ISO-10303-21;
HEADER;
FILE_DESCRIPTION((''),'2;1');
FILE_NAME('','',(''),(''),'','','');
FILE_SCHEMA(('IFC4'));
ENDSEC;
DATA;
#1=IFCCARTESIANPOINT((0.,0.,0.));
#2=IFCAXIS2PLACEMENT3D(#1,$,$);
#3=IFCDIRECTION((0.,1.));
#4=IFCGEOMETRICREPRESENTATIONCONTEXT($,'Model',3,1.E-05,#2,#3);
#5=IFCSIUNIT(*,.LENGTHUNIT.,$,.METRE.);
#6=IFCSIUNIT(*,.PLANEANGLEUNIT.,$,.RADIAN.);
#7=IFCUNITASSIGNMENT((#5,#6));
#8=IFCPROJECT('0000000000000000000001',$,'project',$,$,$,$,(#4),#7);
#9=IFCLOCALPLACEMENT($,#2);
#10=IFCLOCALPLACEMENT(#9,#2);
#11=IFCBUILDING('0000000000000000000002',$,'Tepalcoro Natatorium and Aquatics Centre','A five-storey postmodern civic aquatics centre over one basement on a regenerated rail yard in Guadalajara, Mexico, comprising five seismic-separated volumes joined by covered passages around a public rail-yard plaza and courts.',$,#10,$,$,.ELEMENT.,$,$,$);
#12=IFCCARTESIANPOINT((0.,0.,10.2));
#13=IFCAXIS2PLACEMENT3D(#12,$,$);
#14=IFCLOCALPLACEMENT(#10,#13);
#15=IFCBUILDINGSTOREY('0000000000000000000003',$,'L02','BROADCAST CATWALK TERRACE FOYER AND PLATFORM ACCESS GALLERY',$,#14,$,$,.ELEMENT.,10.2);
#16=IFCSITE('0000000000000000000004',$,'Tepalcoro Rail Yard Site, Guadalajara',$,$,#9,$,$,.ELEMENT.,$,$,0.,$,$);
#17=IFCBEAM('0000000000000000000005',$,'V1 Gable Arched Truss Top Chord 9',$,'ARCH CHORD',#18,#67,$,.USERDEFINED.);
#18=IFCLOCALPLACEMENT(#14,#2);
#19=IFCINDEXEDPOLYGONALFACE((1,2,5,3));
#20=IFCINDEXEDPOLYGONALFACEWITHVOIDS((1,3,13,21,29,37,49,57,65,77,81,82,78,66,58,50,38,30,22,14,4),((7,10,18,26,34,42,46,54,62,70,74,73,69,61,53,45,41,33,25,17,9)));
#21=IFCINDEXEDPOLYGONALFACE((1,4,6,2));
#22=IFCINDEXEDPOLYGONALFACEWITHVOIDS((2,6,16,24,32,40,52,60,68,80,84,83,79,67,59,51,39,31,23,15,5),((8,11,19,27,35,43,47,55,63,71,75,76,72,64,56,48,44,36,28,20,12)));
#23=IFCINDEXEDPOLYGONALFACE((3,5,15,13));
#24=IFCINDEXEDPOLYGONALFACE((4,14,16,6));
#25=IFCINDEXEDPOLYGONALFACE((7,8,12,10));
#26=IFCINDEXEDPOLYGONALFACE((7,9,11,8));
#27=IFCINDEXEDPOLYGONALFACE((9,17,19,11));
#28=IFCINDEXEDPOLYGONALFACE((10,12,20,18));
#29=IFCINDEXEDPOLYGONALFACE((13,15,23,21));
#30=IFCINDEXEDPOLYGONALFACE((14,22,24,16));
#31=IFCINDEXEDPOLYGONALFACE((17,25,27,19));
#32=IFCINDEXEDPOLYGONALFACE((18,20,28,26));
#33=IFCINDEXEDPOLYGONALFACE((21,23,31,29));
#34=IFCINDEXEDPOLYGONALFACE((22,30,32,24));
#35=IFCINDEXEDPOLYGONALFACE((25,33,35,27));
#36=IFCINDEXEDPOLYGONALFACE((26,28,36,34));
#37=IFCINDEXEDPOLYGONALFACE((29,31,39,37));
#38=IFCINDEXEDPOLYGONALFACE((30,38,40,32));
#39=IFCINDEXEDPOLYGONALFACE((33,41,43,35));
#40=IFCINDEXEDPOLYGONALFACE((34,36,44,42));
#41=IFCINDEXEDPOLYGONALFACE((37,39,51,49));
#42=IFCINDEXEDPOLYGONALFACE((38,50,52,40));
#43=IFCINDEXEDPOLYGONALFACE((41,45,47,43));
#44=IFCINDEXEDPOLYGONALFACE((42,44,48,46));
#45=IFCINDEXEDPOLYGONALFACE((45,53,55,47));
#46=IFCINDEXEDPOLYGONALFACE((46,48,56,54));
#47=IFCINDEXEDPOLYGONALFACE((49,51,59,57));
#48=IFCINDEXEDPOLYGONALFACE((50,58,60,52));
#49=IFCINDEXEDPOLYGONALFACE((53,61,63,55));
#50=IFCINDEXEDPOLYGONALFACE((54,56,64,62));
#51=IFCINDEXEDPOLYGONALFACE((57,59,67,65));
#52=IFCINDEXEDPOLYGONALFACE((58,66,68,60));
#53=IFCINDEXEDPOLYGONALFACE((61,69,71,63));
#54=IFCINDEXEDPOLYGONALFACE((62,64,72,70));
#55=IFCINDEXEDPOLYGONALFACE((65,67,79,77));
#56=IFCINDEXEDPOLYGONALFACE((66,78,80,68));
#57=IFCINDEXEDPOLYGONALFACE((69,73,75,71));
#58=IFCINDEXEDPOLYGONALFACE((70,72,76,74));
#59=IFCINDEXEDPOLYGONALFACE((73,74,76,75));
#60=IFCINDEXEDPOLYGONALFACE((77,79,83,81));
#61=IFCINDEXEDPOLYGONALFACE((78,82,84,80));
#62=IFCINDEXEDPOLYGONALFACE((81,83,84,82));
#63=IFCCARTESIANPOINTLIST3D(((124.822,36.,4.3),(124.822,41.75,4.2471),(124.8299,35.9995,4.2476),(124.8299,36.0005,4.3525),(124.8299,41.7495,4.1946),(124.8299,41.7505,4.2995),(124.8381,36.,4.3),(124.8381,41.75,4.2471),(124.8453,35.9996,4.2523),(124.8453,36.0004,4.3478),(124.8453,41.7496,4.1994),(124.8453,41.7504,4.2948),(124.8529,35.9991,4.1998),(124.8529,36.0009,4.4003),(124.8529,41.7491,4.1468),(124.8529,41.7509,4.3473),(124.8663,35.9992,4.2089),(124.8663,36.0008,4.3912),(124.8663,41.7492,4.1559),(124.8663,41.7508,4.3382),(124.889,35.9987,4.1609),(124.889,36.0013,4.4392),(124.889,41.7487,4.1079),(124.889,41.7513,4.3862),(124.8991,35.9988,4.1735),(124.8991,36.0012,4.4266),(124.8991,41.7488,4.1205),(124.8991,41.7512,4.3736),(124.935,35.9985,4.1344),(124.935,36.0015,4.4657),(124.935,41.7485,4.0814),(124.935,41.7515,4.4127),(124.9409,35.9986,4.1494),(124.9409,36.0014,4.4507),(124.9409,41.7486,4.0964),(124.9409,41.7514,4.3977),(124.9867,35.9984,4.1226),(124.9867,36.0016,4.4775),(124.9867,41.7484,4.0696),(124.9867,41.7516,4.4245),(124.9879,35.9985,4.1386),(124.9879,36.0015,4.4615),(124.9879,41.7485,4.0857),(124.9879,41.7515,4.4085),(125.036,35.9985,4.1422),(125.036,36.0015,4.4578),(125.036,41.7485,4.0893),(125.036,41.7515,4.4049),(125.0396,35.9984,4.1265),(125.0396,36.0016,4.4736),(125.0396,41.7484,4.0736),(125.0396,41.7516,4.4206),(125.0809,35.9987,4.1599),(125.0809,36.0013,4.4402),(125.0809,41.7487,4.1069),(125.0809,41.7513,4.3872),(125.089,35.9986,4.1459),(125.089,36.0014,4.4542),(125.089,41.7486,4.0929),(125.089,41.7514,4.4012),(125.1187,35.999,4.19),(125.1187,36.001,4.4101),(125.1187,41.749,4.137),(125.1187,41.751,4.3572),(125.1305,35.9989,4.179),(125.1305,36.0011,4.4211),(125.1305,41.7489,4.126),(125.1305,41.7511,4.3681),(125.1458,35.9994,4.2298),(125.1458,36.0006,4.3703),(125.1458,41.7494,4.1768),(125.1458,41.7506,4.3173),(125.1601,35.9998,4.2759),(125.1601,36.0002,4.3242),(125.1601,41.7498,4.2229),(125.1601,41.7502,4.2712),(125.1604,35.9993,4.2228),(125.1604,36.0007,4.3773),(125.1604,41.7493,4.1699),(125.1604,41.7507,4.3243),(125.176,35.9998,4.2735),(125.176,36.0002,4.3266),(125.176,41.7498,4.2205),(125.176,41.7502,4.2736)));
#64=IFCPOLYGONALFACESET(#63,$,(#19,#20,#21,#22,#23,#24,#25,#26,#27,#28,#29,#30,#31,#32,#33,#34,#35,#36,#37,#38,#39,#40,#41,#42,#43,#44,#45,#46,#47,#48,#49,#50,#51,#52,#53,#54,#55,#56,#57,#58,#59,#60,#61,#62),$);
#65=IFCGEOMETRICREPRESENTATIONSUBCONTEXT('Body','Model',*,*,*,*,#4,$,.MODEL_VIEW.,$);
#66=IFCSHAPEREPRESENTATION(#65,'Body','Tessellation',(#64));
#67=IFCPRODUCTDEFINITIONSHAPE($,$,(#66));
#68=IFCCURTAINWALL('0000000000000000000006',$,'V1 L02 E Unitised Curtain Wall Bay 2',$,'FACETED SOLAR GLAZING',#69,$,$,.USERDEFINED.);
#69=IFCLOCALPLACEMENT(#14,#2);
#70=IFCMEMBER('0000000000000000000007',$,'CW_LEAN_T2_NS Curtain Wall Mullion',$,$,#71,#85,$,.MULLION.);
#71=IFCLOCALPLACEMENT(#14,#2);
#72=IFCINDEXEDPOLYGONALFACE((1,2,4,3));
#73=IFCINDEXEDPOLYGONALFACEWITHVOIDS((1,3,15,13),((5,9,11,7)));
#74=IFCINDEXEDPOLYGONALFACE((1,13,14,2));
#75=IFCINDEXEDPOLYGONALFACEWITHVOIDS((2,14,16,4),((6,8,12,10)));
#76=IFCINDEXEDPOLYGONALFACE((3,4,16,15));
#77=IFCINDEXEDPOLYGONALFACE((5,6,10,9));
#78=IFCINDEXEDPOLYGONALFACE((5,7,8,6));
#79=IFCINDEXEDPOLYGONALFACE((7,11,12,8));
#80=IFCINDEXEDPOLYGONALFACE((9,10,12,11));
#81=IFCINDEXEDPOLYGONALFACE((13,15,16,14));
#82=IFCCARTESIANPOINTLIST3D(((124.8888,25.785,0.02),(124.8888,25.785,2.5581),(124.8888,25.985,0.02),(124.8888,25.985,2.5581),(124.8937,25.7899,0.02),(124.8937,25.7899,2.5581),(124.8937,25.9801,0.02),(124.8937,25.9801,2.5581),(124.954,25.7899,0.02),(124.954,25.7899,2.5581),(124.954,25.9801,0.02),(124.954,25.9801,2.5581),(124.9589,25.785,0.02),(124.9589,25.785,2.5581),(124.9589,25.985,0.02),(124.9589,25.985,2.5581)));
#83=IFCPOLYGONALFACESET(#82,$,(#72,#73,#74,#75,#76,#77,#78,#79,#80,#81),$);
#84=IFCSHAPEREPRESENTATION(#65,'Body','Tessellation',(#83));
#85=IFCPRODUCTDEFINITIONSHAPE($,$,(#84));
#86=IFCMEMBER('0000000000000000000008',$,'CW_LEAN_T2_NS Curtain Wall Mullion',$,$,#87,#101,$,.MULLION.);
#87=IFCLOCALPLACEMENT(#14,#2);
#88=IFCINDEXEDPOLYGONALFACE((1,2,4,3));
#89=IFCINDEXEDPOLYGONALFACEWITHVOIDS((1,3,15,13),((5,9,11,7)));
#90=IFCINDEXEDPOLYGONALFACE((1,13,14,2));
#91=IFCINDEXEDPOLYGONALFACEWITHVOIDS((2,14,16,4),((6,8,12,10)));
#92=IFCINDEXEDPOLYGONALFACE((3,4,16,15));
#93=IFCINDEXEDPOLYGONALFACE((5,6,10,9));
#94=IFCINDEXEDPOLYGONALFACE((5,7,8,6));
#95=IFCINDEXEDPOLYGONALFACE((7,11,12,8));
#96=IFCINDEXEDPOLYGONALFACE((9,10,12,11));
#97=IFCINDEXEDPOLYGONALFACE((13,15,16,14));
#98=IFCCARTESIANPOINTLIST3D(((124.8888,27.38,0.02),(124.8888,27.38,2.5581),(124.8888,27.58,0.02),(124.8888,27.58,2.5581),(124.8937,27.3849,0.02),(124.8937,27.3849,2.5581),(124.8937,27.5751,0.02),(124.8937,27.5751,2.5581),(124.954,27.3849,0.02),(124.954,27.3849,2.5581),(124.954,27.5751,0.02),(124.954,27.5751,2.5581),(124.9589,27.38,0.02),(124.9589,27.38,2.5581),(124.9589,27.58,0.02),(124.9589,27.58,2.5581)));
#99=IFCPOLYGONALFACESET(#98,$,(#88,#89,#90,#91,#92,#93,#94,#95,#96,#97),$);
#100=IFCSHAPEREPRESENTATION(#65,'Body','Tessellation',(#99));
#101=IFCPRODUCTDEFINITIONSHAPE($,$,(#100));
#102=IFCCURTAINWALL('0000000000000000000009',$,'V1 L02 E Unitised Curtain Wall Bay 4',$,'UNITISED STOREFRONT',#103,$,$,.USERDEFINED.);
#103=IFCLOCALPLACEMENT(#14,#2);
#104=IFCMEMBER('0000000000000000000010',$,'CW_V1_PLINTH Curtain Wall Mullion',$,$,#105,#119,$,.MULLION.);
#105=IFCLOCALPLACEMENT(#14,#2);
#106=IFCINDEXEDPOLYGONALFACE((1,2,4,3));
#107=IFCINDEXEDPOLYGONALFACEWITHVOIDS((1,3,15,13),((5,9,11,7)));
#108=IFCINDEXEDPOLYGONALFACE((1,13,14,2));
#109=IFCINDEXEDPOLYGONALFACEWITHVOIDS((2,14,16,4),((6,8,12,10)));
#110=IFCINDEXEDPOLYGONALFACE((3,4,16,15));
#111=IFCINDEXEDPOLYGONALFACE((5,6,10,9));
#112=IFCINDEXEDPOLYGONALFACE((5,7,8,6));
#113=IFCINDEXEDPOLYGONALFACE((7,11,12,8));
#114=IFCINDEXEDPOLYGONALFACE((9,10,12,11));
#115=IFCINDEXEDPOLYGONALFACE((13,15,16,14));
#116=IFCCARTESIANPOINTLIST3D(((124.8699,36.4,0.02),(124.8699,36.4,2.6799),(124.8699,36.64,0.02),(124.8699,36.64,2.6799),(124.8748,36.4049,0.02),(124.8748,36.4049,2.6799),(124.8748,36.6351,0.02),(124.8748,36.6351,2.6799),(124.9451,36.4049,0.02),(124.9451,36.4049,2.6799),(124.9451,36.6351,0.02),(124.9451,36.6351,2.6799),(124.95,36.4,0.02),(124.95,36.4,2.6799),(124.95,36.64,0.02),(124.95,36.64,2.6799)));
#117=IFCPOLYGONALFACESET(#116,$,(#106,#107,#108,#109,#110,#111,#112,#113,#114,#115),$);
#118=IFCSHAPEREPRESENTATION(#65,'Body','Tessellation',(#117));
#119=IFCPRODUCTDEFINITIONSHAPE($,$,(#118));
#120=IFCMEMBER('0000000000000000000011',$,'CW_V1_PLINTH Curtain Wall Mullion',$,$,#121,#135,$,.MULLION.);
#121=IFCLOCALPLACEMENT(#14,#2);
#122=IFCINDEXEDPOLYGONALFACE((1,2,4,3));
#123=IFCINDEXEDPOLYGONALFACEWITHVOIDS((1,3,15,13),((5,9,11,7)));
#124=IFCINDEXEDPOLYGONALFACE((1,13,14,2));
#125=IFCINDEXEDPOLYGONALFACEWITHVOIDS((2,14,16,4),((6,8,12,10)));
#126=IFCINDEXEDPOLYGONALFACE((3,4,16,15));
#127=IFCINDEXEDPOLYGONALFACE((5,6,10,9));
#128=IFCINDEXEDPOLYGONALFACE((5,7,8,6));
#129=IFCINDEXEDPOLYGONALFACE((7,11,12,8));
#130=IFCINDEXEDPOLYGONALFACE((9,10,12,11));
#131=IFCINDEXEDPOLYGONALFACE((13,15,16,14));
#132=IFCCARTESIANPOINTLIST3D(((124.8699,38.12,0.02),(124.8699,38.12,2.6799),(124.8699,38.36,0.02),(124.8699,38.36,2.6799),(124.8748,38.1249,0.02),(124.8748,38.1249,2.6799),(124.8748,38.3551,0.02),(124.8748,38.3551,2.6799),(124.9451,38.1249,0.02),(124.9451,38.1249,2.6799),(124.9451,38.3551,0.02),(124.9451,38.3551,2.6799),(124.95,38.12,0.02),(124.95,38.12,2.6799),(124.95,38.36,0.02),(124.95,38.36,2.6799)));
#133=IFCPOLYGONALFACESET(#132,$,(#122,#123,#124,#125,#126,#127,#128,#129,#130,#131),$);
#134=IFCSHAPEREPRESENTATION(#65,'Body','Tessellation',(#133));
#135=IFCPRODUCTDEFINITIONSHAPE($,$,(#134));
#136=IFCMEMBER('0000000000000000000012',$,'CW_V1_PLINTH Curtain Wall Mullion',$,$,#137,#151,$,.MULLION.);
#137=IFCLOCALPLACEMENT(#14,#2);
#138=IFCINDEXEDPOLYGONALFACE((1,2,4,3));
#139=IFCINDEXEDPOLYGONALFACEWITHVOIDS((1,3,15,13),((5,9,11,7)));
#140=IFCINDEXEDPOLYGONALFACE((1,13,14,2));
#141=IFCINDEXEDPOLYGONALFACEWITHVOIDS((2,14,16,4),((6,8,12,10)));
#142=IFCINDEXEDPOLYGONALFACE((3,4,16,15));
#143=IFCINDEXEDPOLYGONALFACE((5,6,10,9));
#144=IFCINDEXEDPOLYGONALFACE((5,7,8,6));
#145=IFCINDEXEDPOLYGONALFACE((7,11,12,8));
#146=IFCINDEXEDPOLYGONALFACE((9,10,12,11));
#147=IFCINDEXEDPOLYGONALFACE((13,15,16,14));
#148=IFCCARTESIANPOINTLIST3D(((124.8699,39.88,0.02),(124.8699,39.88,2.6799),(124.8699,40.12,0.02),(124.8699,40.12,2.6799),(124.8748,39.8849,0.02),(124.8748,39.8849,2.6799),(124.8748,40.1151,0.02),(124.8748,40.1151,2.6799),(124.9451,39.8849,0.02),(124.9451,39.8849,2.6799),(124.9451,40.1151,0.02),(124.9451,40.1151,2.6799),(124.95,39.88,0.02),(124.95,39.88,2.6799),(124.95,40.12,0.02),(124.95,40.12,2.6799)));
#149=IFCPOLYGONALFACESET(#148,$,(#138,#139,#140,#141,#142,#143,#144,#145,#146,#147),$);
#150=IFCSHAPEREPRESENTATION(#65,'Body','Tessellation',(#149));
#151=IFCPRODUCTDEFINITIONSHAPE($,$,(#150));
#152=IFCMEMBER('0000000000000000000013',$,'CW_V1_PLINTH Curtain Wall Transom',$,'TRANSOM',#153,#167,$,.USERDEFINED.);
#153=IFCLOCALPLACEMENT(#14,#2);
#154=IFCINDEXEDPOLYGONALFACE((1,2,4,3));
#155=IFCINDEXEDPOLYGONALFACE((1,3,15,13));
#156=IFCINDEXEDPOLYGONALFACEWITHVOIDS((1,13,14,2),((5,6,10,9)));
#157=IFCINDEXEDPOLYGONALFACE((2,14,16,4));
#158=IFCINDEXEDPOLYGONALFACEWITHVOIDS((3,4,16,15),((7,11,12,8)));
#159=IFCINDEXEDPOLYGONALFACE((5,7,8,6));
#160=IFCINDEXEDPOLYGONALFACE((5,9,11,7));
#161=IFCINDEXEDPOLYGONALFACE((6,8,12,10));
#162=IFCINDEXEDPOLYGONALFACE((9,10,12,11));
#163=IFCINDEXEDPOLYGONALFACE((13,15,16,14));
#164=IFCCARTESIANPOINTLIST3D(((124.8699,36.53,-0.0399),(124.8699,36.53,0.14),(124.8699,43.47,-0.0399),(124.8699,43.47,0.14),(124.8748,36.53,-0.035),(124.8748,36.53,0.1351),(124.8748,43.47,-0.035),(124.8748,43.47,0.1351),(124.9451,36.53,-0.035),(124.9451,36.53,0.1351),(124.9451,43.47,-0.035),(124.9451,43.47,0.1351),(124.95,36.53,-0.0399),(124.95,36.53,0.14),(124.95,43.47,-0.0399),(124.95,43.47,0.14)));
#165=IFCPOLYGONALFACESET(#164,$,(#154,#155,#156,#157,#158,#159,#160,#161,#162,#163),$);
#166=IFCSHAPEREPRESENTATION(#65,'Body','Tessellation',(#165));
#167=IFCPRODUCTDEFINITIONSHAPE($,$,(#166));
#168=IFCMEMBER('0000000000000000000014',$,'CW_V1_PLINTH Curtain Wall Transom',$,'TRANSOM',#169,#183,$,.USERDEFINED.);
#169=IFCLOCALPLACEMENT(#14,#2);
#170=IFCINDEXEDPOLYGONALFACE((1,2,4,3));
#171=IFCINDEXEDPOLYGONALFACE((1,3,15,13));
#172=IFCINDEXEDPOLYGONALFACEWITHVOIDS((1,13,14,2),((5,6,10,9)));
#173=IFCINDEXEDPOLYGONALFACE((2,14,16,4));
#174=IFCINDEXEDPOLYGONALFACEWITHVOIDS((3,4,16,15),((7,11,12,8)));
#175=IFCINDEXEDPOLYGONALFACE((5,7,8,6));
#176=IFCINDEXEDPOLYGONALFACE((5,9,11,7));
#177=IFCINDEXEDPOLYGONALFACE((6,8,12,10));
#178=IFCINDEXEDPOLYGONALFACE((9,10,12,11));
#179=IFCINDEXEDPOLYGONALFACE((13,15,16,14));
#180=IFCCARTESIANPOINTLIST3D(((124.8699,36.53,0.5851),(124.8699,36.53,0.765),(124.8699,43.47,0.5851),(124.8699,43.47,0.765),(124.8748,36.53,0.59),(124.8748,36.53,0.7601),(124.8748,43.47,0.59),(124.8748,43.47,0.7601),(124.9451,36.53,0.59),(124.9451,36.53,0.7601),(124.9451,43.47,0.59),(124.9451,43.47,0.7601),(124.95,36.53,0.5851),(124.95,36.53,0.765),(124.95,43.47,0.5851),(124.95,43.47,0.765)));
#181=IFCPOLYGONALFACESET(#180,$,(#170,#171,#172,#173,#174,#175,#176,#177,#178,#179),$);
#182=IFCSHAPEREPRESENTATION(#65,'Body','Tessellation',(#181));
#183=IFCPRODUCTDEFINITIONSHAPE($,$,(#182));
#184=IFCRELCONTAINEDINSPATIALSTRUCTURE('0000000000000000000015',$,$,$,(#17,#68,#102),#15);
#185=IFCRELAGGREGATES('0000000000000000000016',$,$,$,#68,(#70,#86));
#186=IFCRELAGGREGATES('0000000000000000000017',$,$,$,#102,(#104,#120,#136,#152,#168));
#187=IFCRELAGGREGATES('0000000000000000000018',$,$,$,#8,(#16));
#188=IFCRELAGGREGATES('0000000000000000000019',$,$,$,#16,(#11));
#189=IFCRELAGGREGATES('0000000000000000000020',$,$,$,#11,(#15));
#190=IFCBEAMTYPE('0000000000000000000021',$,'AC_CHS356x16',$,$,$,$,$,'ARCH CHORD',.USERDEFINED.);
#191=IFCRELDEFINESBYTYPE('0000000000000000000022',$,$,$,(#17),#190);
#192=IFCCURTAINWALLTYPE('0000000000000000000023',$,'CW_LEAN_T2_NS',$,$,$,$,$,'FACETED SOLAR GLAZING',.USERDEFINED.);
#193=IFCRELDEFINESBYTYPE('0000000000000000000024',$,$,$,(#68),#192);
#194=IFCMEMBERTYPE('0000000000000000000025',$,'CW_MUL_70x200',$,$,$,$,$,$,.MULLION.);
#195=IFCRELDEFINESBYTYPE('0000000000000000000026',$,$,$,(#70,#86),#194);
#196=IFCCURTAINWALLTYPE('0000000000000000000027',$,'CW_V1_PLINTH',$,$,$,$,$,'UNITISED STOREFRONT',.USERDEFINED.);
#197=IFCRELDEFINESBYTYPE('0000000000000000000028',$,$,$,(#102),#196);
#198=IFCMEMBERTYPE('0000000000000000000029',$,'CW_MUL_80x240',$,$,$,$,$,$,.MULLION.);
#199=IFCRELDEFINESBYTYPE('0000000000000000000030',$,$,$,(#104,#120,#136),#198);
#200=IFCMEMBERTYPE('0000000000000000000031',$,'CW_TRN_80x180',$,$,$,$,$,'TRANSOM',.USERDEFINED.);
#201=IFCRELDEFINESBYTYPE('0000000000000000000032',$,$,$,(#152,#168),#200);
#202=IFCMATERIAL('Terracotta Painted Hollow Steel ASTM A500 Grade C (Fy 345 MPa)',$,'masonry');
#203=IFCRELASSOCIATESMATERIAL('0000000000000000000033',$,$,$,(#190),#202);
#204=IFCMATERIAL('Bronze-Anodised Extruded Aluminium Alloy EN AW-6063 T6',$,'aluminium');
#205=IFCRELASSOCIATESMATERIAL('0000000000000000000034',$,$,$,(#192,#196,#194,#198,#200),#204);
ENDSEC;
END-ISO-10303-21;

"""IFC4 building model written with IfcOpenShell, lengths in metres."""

from ifc_helpers import new_model, si_unit, direction, frame, origin, origin_2d, place, context, subcontext, project, spatial, hollow_rectangle, hollow_circle, extrude, material, material_profile, profile_set, type_object, element, aggregate, save


model = new_model("IFC4")

# Units and contexts
model_context = context("Model", 3, precision=1e-05, world=origin(), true_north=direction((0.0, 1.0)))
body_context = subcontext(model_context, "Body", "Model", "MODEL_VIEW")
ifc_project = project(units=[si_unit("LENGTHUNIT", "METRE"), si_unit("PLANEANGLEUNIT", "RADIAN")], contexts=[model_context])

# Site, building, storey
site_placement = place(None, origin())
site = spatial("IfcSite", under=ifc_project, at=site_placement, Name="Tepalcoro Rail Yard Site, Guadalajara", CompositionType="ELEMENT", RefElevation=0.0)
building_placement = place(site_placement, origin())
building = spatial("IfcBuilding", under=site, at=building_placement, Name="Tepalcoro Natatorium and Aquatics Centre", Description="A five-storey postmodern civic aquatics centre over one basement on a regenerated rail yard in Guadalajara, Mexico, comprising five seismic-separated volumes joined by covered passages around a public rail-yard plaza and courts.", CompositionType="ELEMENT")
storey_placement = place(building_placement, frame((0.0, 0.0, 10.2)))
storey = spatial("IfcBuildingStorey", under=building, at=storey_placement, Name="L02", Description="BROADCAST CATWALK TERRACE FOYER AND PLATFORM ACCESS GALLERY", CompositionType="ELEMENT", Elevation=10.2)

# Beam
ifc_material_1 = material(Name="Terracotta Painted Hollow Steel ASTM A500 Grade C (Fy 345 MPa)", Category="masonry")
ifc_material_profile_1 = material_profile(ifc_material_1, hollow_circle(Radius=0.178, WallThickness=0.0161, at=origin_2d()), Name="CHS356X16")
ifc_profile_set_1 = profile_set([ifc_material_profile_1], Name="Terracotta Painted Hollow Steel ASTM A500 Grade C (Fy 345 MPa)")
beam_type_1 = type_object("IfcBeamType", Name="AC_CHS356x16", ElementType="ARCH CHORD", PredefinedType="USERDEFINED", material=ifc_profile_set_1)
for number, where, z_axis, x_axis, name in (
    (1, (125.0, 36.0, 4.3), (0.0, 0.999958, -0.009213), (-1.0, 0.0, 0.0), "V1 Gable Arched Truss Top Chord 9"),
):
    element("IfcBeam", number, at=place(storey_placement, frame(where, z_axis=z_axis, x_axis=x_axis)), inside=storey, type_object=beam_type_1, Name=name, ObjectType="ARCH CHORD", PredefinedType="USERDEFINED", context=body_context, shape_type="SweptSolid", body=[
        extrude(hollow_circle(Radius=0.178, WallThickness=0.0161, at=origin_2d()), origin(), (0.0, 0.0, 1.0), 5.7502),
    ])

# Curtain walls, members
ifc_material_2 = material(Name="Bronze-Anodised Extruded Aluminium Alloy EN AW-6063 T6", Category="aluminium")
curtain_wall_type_1 = type_object("IfcCurtainWallType", Name="CW_LEAN_T2_NS", ElementType="FACETED SOLAR GLAZING", PredefinedType="USERDEFINED", material=ifc_material_2)
curtain_wall_1_placement = place(storey_placement, origin())
curtain_wall_1 = element("IfcCurtainWall", 2, at=curtain_wall_1_placement, inside=storey, type_object=curtain_wall_type_1, Name="V1 L02 E Unitised Curtain Wall Bay 2", ObjectType="FACETED SOLAR GLAZING", PredefinedType="USERDEFINED")
ifc_material_profile_2 = material_profile(ifc_material_2, hollow_rectangle(XDim=0.0701, YDim=0.2, WallThickness=0.0049, at=origin_2d()), Name="AL70X200X5")
ifc_profile_set_2 = profile_set([ifc_material_profile_2], Name="Bronze-Anodised Extruded Aluminium Alloy EN AW-6063 T6")
member_type_1 = type_object("IfcMemberType", Name="CW_MUL_70x200", PredefinedType="MULLION", material=ifc_profile_set_2)
member_1_placement = place(storey_placement, frame((124.9238, 25.885, 0.02), z_axis=(0.0, 0.0, 1.0), x_axis=(1.0, 0.0, 0.0)))
member_1 = element("IfcMember", 3, at=member_1_placement, type_object=member_type_1, Name="CW_LEAN_T2_NS Curtain Wall Mullion", PredefinedType="MULLION", context=body_context, shape_type="SweptSolid", body=[
    extrude(hollow_rectangle(XDim=0.0701, YDim=0.2, WallThickness=0.0049, at=origin_2d()), origin(), (0.0, 0.0, 1.0), 2.5381),
])
member_2_placement = place(storey_placement, frame((124.9238, 27.48, 0.02), z_axis=(0.0, 0.0, 1.0), x_axis=(1.0, 0.0, 0.0)))
member_2 = element("IfcMember", 4, at=member_2_placement, type_object=member_type_1, Name="CW_LEAN_T2_NS Curtain Wall Mullion", PredefinedType="MULLION", context=body_context, shape_type="SweptSolid", body=[
    extrude(hollow_rectangle(XDim=0.0701, YDim=0.2, WallThickness=0.0049, at=origin_2d()), origin(), (0.0, 0.0, 1.0), 2.5381),
])
curtain_wall_type_2 = type_object("IfcCurtainWallType", Name="CW_V1_PLINTH", ElementType="UNITISED STOREFRONT", PredefinedType="USERDEFINED", material=ifc_material_2)
curtain_wall_2_placement = place(storey_placement, origin())
curtain_wall_2 = element("IfcCurtainWall", 5, at=curtain_wall_2_placement, inside=storey, type_object=curtain_wall_type_2, Name="V1 L02 E Unitised Curtain Wall Bay 4", ObjectType="UNITISED STOREFRONT", PredefinedType="USERDEFINED")
ifc_material_profile_3 = material_profile(ifc_material_2, hollow_rectangle(XDim=0.0801, YDim=0.24, WallThickness=0.0049, at=origin_2d()), Name="AL80X240X5")
ifc_profile_set_3 = profile_set([ifc_material_profile_3], Name="Bronze-Anodised Extruded Aluminium Alloy EN AW-6063 T6")
member_type_2 = type_object("IfcMemberType", Name="CW_MUL_80x240", PredefinedType="MULLION", material=ifc_profile_set_3)
member_3_placement = place(storey_placement, frame((124.9099, 36.52, 0.02), z_axis=(0.0, 0.0, 1.0), x_axis=(1.0, 0.0, 0.0)))
member_3 = element("IfcMember", 6, at=member_3_placement, type_object=member_type_2, Name="CW_V1_PLINTH Curtain Wall Mullion", PredefinedType="MULLION", context=body_context, shape_type="SweptSolid", body=[
    extrude(hollow_rectangle(XDim=0.0801, YDim=0.24, WallThickness=0.0049, at=origin_2d()), origin(), (0.0, 0.0, 1.0), 2.6599),
])
member_4_placement = place(storey_placement, frame((124.9099, 38.24, 0.02), z_axis=(0.0, 0.0, 1.0), x_axis=(1.0, 0.0, 0.0)))
member_4 = element("IfcMember", 7, at=member_4_placement, type_object=member_type_2, Name="CW_V1_PLINTH Curtain Wall Mullion", PredefinedType="MULLION", context=body_context, shape_type="SweptSolid", body=[
    extrude(hollow_rectangle(XDim=0.0801, YDim=0.24, WallThickness=0.0049, at=origin_2d()), origin(), (0.0, 0.0, 1.0), 2.6599),
])
member_5_placement = place(storey_placement, frame((124.9099, 40.0, 0.02), z_axis=(0.0, 0.0, 1.0), x_axis=(1.0, 0.0, 0.0)))
member_5 = element("IfcMember", 8, at=member_5_placement, type_object=member_type_2, Name="CW_V1_PLINTH Curtain Wall Mullion", PredefinedType="MULLION", context=body_context, shape_type="SweptSolid", body=[
    extrude(hollow_rectangle(XDim=0.0801, YDim=0.24, WallThickness=0.0049, at=origin_2d()), origin(), (0.0, 0.0, 1.0), 2.6599),
])
ifc_material_profile_4 = material_profile(ifc_material_2, hollow_rectangle(XDim=0.0801, YDim=0.1799, WallThickness=0.0049, at=origin_2d()), Name="AL80X180X5")
ifc_profile_set_4 = profile_set([ifc_material_profile_4], Name="Bronze-Anodised Extruded Aluminium Alloy EN AW-6063 T6")
member_type_3 = type_object("IfcMemberType", Name="CW_TRN_80x180", ElementType="TRANSOM", PredefinedType="USERDEFINED", material=ifc_profile_set_4)
member_6_placement = place(storey_placement, frame((124.9099, 36.53, 0.05), z_axis=(0.0, 1.0, 0.0), x_axis=(-1.0, 0.0, 0.0)))
member_6 = element("IfcMember", 9, at=member_6_placement, type_object=member_type_3, Name="CW_V1_PLINTH Curtain Wall Transom", ObjectType="TRANSOM", PredefinedType="USERDEFINED", context=body_context, shape_type="SweptSolid", body=[
    extrude(hollow_rectangle(XDim=0.0801, YDim=0.1799, WallThickness=0.0049, at=origin_2d()), origin(), (0.0, 0.0, 1.0), 6.9399),
])
member_7_placement = place(storey_placement, frame((124.9099, 36.53, 0.675), z_axis=(0.0, 1.0, 0.0), x_axis=(-1.0, 0.0, 0.0)))
member_7 = element("IfcMember", 10, at=member_7_placement, type_object=member_type_3, Name="CW_V1_PLINTH Curtain Wall Transom", ObjectType="TRANSOM", PredefinedType="USERDEFINED", context=body_context, shape_type="SweptSolid", body=[
    extrude(hollow_rectangle(XDim=0.0801, YDim=0.1799, WallThickness=0.0049, at=origin_2d()), origin(), (0.0, 0.0, 1.0), 6.9399),
])

aggregate(curtain_wall_1, [member_1, member_2])
aggregate(curtain_wall_2, [member_3, member_4, member_5, member_6, member_7])

save(model, "model.ifc")
